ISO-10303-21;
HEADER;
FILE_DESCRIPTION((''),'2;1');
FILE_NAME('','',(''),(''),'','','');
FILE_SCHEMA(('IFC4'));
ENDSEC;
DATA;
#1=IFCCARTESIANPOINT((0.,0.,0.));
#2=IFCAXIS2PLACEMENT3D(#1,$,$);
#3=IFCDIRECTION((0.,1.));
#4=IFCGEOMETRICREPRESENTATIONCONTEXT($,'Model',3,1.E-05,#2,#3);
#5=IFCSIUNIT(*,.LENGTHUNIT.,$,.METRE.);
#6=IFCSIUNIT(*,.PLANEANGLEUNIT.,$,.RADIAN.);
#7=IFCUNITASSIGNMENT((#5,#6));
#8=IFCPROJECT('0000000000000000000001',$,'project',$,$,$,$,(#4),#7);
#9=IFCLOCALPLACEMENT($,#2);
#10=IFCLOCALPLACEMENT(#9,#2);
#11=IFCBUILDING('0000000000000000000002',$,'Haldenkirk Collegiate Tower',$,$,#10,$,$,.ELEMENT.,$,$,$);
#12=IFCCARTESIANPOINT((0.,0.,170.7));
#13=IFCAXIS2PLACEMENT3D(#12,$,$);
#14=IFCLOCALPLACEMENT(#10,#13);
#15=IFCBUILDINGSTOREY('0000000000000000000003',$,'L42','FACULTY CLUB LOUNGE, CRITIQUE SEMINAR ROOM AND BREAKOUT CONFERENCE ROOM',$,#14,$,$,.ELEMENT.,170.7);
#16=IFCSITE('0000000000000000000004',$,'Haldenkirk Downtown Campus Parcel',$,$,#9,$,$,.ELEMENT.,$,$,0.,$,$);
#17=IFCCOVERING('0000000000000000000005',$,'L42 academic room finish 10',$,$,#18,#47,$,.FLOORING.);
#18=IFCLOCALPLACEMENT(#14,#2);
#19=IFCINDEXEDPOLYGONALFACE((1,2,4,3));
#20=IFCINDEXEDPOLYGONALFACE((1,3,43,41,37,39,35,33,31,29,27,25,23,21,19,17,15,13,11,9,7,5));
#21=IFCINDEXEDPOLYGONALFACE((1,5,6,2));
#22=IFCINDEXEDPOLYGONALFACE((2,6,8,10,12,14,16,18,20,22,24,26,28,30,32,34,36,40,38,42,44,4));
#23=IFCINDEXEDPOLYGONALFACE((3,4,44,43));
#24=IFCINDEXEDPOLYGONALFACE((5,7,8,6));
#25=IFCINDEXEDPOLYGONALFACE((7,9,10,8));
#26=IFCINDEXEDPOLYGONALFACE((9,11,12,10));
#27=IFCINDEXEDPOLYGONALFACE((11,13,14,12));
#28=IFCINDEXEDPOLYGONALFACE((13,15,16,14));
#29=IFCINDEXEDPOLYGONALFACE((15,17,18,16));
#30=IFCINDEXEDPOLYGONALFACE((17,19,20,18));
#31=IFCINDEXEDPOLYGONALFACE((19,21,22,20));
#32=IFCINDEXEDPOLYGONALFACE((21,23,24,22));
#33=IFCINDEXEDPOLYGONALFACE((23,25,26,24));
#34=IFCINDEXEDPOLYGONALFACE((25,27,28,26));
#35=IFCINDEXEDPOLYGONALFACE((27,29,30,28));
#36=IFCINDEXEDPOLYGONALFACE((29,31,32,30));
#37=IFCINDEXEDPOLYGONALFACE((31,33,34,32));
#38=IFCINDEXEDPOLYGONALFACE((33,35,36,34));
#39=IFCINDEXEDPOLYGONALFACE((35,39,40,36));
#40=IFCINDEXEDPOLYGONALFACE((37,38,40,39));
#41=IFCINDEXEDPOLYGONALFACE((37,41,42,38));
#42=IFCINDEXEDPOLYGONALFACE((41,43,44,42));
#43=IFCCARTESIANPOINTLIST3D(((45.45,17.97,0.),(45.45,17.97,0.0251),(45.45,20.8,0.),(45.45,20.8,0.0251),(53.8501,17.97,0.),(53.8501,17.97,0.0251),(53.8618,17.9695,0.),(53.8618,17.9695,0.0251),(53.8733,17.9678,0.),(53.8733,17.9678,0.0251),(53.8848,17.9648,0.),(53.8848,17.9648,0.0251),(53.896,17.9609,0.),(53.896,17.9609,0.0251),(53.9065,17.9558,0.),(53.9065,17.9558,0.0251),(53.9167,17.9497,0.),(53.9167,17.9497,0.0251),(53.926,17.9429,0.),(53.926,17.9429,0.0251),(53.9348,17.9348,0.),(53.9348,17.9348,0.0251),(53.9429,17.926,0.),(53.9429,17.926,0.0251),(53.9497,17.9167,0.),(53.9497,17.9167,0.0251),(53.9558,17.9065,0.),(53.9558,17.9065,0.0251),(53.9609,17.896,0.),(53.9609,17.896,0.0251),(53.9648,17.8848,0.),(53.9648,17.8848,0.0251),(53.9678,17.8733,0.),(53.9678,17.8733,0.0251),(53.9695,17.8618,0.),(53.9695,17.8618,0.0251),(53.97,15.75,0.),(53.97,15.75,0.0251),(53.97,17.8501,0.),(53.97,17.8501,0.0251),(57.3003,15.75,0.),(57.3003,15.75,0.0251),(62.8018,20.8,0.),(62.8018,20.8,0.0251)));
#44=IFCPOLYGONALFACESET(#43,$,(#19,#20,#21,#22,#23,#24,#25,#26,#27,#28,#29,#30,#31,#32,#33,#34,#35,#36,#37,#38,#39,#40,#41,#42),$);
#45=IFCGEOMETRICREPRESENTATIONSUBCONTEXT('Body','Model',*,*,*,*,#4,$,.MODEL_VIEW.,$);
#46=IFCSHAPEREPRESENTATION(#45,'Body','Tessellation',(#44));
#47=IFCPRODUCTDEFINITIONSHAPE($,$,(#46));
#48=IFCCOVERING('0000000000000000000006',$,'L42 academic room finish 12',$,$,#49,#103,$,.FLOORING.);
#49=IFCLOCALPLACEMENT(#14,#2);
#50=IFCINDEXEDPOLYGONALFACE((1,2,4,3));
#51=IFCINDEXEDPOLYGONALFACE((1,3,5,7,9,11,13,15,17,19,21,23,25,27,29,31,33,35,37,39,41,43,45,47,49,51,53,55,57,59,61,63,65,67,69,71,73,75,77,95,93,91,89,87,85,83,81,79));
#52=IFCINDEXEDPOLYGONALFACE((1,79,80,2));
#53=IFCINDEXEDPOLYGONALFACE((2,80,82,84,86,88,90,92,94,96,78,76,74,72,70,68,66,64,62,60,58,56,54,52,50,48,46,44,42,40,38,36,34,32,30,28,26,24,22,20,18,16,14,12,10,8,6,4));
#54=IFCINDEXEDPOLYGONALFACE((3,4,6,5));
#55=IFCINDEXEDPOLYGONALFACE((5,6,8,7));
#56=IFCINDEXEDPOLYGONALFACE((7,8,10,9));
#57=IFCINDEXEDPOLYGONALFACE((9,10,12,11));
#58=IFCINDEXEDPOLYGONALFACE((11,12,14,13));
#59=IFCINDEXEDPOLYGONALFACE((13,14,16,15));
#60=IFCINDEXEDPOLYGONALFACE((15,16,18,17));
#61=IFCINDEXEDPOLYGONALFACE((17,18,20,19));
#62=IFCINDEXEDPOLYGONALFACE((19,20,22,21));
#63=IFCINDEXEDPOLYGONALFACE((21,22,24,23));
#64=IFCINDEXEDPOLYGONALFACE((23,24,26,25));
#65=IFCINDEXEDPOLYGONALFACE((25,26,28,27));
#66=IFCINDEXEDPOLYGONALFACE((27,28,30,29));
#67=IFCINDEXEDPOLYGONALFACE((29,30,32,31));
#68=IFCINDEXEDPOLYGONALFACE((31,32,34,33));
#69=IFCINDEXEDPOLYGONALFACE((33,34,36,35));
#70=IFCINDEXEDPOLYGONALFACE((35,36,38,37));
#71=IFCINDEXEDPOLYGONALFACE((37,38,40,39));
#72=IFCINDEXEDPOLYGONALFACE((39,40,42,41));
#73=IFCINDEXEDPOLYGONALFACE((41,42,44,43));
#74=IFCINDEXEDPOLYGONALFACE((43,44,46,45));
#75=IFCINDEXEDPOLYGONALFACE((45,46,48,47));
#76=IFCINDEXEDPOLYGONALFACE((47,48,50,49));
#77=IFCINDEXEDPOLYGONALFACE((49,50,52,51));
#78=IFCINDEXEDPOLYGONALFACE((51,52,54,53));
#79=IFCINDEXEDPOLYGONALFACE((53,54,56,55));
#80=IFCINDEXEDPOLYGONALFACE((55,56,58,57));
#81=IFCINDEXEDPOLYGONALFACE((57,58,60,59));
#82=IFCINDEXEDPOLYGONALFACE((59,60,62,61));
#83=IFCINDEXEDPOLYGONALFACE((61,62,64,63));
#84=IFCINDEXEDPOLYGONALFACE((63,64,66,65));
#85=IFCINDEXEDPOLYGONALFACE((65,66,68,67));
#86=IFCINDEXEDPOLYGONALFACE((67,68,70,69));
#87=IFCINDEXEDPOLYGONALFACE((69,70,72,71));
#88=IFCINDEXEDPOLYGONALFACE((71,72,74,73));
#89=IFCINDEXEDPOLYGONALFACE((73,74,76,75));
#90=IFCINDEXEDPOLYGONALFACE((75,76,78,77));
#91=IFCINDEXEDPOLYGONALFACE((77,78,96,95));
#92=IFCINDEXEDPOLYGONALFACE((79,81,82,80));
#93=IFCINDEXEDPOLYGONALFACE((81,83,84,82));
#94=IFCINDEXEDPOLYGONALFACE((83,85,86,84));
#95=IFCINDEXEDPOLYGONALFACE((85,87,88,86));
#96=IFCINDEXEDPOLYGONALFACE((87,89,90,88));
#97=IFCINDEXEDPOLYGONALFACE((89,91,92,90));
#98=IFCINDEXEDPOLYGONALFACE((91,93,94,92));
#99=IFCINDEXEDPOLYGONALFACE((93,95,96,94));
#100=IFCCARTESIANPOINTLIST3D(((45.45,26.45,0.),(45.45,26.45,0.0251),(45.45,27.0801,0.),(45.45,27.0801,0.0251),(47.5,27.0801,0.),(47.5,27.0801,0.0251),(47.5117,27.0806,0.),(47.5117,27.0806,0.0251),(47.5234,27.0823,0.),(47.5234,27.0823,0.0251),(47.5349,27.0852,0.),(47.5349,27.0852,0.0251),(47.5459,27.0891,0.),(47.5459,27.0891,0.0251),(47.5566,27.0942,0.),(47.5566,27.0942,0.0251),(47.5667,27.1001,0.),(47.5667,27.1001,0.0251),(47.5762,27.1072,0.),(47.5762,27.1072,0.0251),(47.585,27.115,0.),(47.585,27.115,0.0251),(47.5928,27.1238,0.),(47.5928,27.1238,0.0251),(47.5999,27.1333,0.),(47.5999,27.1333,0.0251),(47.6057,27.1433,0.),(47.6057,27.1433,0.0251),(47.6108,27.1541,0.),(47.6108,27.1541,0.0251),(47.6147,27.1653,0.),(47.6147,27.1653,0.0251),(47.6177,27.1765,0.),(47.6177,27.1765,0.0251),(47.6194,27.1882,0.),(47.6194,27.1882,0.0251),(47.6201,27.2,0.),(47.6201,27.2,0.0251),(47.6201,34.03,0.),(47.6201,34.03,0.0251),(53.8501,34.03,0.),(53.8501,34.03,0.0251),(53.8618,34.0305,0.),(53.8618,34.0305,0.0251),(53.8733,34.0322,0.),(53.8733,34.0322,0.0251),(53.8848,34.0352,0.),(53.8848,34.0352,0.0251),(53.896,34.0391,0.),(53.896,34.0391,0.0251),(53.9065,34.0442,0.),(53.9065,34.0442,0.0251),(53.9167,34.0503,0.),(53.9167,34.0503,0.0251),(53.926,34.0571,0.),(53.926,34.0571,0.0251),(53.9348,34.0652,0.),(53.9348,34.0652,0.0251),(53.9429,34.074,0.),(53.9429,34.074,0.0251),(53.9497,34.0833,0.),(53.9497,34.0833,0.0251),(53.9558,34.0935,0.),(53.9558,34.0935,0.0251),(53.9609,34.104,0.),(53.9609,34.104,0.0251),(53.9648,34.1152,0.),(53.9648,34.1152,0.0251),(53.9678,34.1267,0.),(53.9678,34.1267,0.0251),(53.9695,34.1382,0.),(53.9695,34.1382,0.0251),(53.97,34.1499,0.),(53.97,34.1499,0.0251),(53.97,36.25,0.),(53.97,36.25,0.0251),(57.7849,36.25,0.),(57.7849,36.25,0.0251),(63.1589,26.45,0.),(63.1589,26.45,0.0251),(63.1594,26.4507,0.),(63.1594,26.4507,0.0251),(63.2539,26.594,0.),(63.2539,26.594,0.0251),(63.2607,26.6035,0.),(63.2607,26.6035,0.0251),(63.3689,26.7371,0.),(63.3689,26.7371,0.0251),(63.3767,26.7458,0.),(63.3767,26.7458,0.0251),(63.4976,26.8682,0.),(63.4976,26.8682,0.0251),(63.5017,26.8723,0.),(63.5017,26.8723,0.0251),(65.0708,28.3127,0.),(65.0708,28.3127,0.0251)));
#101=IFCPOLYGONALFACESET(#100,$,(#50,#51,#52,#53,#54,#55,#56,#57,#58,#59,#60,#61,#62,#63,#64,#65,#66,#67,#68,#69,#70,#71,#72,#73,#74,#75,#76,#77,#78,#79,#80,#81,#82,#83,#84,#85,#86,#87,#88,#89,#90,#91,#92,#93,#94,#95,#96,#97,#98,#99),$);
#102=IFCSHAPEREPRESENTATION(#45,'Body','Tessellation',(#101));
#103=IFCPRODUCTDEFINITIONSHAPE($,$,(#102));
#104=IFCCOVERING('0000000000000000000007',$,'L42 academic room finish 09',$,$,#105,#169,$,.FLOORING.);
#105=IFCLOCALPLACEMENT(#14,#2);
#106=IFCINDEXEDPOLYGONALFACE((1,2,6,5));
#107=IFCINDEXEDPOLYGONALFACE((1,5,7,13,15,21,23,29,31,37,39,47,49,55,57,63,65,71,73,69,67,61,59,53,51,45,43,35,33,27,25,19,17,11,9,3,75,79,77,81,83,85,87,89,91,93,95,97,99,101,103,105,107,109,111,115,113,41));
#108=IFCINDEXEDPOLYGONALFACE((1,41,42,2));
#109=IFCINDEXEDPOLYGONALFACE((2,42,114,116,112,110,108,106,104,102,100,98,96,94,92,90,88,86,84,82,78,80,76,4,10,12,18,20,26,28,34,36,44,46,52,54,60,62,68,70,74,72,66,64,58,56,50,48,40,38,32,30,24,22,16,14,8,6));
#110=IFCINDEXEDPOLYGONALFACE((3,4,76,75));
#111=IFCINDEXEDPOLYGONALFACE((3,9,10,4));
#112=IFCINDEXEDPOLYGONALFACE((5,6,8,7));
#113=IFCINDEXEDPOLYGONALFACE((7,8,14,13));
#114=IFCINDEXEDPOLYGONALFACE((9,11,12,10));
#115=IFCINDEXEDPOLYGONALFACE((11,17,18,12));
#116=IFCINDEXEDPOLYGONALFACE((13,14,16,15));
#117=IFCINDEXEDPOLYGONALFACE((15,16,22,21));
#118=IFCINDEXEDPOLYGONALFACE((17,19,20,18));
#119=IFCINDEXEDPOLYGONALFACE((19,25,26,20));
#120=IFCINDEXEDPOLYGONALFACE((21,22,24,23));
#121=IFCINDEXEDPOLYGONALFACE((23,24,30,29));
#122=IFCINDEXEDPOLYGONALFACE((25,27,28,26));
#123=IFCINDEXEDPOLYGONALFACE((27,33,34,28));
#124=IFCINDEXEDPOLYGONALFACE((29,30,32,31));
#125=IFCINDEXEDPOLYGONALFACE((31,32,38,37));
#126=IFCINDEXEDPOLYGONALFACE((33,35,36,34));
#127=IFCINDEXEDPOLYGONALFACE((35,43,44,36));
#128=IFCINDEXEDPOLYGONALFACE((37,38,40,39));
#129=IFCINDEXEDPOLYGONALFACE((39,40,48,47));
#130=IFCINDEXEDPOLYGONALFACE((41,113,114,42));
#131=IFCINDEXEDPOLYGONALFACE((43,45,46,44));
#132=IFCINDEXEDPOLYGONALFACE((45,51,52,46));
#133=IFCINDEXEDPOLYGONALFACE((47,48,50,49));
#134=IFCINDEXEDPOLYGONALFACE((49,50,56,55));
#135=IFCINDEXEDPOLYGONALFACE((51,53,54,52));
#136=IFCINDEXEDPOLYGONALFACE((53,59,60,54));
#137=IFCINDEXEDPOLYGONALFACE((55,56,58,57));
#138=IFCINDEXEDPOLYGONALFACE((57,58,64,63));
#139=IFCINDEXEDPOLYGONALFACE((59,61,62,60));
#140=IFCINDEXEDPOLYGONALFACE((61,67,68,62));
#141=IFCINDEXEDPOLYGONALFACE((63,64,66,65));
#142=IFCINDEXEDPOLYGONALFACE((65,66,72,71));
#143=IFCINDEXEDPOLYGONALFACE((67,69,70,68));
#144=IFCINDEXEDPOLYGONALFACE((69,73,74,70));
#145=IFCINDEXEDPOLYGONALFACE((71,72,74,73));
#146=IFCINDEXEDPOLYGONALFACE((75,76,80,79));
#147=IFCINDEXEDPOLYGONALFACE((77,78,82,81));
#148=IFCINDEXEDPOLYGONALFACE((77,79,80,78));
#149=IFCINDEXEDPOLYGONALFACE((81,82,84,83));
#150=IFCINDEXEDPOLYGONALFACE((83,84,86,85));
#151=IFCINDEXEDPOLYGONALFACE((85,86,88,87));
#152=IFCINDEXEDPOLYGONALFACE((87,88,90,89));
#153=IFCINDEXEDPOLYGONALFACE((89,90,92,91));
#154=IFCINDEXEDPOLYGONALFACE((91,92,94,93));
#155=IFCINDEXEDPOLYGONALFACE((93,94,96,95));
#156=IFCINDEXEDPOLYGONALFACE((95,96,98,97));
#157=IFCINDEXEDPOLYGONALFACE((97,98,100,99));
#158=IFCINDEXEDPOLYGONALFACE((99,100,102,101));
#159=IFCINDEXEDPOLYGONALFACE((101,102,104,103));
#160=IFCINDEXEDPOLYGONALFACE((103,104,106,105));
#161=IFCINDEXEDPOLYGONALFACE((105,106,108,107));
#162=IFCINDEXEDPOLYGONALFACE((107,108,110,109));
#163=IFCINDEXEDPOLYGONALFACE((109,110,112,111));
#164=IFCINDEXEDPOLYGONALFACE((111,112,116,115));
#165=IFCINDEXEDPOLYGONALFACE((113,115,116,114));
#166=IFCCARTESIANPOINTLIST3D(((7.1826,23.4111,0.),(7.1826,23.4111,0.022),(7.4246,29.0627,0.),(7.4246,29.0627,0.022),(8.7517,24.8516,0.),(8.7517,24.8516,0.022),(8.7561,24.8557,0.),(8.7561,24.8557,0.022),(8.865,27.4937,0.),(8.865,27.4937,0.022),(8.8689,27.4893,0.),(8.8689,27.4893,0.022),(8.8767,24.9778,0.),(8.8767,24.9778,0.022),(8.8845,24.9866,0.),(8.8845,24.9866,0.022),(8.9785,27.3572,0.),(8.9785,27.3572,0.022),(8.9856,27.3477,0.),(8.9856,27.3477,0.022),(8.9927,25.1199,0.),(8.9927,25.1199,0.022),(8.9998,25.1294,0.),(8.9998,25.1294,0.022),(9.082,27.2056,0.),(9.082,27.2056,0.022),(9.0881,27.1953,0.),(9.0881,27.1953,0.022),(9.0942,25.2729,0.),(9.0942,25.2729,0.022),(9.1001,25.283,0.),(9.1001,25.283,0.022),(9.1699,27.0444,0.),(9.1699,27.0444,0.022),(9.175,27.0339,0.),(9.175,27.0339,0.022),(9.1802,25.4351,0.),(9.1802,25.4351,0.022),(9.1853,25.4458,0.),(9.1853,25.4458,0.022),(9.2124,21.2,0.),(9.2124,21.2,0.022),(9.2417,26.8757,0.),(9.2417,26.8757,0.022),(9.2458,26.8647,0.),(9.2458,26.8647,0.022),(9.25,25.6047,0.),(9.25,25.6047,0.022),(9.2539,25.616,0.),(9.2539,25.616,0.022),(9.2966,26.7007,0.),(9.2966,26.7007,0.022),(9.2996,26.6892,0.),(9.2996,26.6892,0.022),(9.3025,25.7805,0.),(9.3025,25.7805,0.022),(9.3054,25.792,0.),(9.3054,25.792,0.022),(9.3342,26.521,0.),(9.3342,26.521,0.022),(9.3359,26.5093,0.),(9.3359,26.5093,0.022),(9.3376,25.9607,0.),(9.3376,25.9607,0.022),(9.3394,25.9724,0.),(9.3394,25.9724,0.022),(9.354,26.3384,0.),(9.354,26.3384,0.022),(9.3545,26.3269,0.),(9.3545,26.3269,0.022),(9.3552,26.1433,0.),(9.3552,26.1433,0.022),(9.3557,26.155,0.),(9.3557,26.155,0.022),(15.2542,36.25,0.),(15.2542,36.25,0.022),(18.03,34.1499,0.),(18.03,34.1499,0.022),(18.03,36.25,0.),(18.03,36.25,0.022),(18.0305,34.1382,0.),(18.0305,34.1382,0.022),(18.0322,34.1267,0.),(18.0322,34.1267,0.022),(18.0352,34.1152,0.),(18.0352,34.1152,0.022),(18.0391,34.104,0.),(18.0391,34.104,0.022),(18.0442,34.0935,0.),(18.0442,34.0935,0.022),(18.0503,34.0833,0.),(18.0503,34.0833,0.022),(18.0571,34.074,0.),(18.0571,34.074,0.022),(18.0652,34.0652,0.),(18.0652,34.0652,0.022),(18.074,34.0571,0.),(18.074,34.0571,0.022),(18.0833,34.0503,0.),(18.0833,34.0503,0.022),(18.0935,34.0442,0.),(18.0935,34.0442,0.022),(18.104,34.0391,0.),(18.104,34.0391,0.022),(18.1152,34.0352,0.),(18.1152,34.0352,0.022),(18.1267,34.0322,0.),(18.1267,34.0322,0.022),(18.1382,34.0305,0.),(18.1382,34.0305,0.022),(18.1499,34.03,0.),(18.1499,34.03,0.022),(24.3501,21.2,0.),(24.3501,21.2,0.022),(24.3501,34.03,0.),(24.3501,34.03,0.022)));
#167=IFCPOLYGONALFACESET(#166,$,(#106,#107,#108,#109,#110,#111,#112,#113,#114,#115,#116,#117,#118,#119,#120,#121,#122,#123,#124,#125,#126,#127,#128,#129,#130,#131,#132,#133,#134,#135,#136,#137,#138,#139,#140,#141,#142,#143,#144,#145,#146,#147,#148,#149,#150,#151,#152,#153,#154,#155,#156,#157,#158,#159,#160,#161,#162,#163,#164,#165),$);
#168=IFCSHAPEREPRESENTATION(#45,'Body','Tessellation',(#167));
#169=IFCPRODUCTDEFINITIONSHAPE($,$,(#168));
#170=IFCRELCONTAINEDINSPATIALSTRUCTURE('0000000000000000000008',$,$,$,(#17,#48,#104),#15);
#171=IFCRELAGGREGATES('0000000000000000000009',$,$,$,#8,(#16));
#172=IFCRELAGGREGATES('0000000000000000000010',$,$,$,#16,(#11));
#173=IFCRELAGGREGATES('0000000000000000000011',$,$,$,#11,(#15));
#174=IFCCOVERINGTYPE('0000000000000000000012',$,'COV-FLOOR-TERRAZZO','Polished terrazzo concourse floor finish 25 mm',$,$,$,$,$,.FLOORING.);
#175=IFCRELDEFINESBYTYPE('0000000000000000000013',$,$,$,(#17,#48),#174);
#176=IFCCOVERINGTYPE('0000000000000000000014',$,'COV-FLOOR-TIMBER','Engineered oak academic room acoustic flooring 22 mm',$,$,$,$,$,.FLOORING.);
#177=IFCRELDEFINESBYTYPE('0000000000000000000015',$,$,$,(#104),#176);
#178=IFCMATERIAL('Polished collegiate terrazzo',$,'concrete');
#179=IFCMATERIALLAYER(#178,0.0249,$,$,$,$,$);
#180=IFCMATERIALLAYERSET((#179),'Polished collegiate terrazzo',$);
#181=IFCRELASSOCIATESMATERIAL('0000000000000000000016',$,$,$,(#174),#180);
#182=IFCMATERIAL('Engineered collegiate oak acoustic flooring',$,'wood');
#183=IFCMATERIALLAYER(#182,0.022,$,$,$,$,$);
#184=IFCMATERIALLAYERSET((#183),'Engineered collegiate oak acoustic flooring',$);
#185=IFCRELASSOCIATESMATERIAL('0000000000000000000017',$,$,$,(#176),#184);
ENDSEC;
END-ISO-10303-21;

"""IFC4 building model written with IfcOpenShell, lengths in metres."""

from ifc_helpers import new_model, si_unit, direction, frame, origin, place, context, subcontext, project, spatial, polyline, outline, extrude, material, layer, layer_set, type_object, element, save


model = new_model("IFC4")

# Units and contexts
model_context = context("Model", 3, precision=1e-05, world=origin(), true_north=direction((0.0, 1.0)))
body_context = subcontext(model_context, "Body", "Model", "MODEL_VIEW")
ifc_project = project(units=[si_unit("LENGTHUNIT", "METRE"), si_unit("PLANEANGLEUNIT", "RADIAN")], contexts=[model_context])

# Site, building, storey
site_placement = place(None, origin())
site = spatial("IfcSite", under=ifc_project, at=site_placement, Name="Haldenkirk Downtown Campus Parcel", CompositionType="ELEMENT", RefElevation=0.0)
building_placement = place(site_placement, origin())
building = spatial("IfcBuilding", under=site, at=building_placement, Name="Haldenkirk Collegiate Tower", CompositionType="ELEMENT")
storey_placement = place(building_placement, frame((0.0, 0.0, 170.7)))
storey = spatial("IfcBuildingStorey", under=building, at=storey_placement, Name="L42", Description="FACULTY CLUB LOUNGE, CRITIQUE SEMINAR ROOM AND BREAKOUT CONFERENCE ROOM", CompositionType="ELEMENT", Elevation=170.7)

# Coverings
ifc_material_1 = material(Name="Polished collegiate terrazzo", Category="concrete")
ifc_layer_1 = layer(ifc_material_1, 0.0249)
ifc_layer_set_1 = layer_set([ifc_layer_1], Name="Polished collegiate terrazzo")
covering_type_1 = type_object("IfcCoveringType", Name="COV-FLOOR-TERRAZZO", Description="Polished terrazzo concourse floor finish 25 mm", PredefinedType="FLOORING", material=ifc_layer_set_1)
covering_1_placement = place(storey_placement, origin())
element("IfcCovering", 1, at=covering_1_placement, inside=storey, type_object=covering_type_1, Name="L42 academic room finish 10", PredefinedType="FLOORING", context=body_context, shape_type="SweptSolid", body=[
    extrude(outline(polyline([(57.3003, 15.75), (53.97, 15.75), (53.97, 17.8501), (53.9695, 17.8618), (53.9678, 17.8733), (53.9648, 17.8848), (53.9609, 17.896), (53.9558, 17.9065), (53.9497, 17.9167), (53.9429, 17.926), (53.9348, 17.9348), (53.926, 17.9429), (53.9167, 17.9497), (53.9065, 17.9558), (53.896, 17.9609), (53.8848, 17.9648), (53.8733, 17.9678), (53.8618, 17.9695), (53.8501, 17.97), (45.45, 17.97), (45.45, 20.8), (62.8018, 20.8), (57.3003, 15.75)])), origin(), (0.0, 0.0, 1.0), 0.0251),
])
covering_2_placement = place(storey_placement, origin())
element("IfcCovering", 2, at=covering_2_placement, inside=storey, type_object=covering_type_1, Name="L42 academic room finish 12", PredefinedType="FLOORING", context=body_context, shape_type="SweptSolid", body=[
    extrude(outline(polyline([(63.1589, 26.45), (45.45, 26.45), (45.45, 27.0801), (47.5, 27.0801), (47.5117, 27.0806), (47.5234, 27.0823), (47.5349, 27.0852), (47.5459, 27.0891), (47.5566, 27.0942), (47.5667, 27.1001), (47.5762, 27.1072), (47.585, 27.115), (47.5928, 27.1238), (47.5999, 27.1333), (47.6057, 27.1433), (47.6108, 27.1541), (47.6147, 27.1653), (47.6177, 27.1765), (47.6194, 27.1882), (47.6201, 27.2), (47.6201, 34.03), (53.8501, 34.03), (53.8618, 34.0305), (53.8733, 34.0322), (53.8848, 34.0352), (53.896, 34.0391), (53.9065, 34.0442), (53.9167, 34.0503), (53.926, 34.0571), (53.9348, 34.0652), (53.9429, 34.074), (53.9497, 34.0833), (53.9558, 34.0935), (53.9609, 34.104), (53.9648, 34.1152), (53.9678, 34.1267), (53.9695, 34.1382), (53.97, 34.1499), (53.97, 36.25), (57.7849, 36.25), (65.0708, 28.3127), (63.5017, 26.8723), (63.4976, 26.8682), (63.3767, 26.7458), (63.3689, 26.7371), (63.2607, 26.6035), (63.2539, 26.594), (63.1594, 26.4507), (63.1589, 26.45)])), origin(), (0.0, 0.0, 1.0), 0.0251),
])
ifc_material_2 = material(Name="Engineered collegiate oak acoustic flooring", Category="wood")
ifc_layer_2 = layer(ifc_material_2, 0.022)
ifc_layer_set_2 = layer_set([ifc_layer_2], Name="Engineered collegiate oak acoustic flooring")
covering_type_2 = type_object("IfcCoveringType", Name="COV-FLOOR-TIMBER", Description="Engineered oak academic room acoustic flooring 22 mm", PredefinedType="FLOORING", material=ifc_layer_set_2)
covering_3_placement = place(storey_placement, origin())
element("IfcCovering", 3, at=covering_3_placement, inside=storey, type_object=covering_type_2, Name="L42 academic room finish 09", PredefinedType="FLOORING", context=body_context, shape_type="SweptSolid", body=[
    extrude(outline(polyline([(8.7517, 24.8516), (8.7561, 24.8557), (8.8767, 24.9778), (8.8845, 24.9866), (8.9927, 25.1199), (8.9998, 25.1294), (9.0942, 25.2729), (9.1001, 25.283), (9.1802, 25.4351), (9.1853, 25.4458), (9.25, 25.6047), (9.2539, 25.616), (9.3025, 25.7805), (9.3054, 25.792), (9.3376, 25.9607), (9.3394, 25.9724), (9.3552, 26.1433), (9.3557, 26.155), (9.3545, 26.3269), (9.354, 26.3384), (9.3359, 26.5093), (9.3342, 26.521), (9.2996, 26.6892), (9.2966, 26.7007), (9.2458, 26.8647), (9.2417, 26.8757), (9.175, 27.0339), (9.1699, 27.0444), (9.0881, 27.1953), (9.082, 27.2056), (8.9856, 27.3477), (8.9785, 27.3572), (8.8689, 27.4893), (8.865, 27.4937), (7.4246, 29.0627), (15.2542, 36.25), (18.03, 36.25), (18.03, 34.1499), (18.0305, 34.1382), (18.0322, 34.1267), (18.0352, 34.1152), (18.0391, 34.104), (18.0442, 34.0935), (18.0503, 34.0833), (18.0571, 34.074), (18.0652, 34.0652), (18.074, 34.0571), (18.0833, 34.0503), (18.0935, 34.0442), (18.104, 34.0391), (18.1152, 34.0352), (18.1267, 34.0322), (18.1382, 34.0305), (18.1499, 34.03), (24.3501, 34.03), (24.3501, 21.2), (9.2124, 21.2), (7.1826, 23.4111), (8.7517, 24.8516)])), origin(), (0.0, 0.0, 1.0), 0.022),
])

save(model, "model.ifc")
